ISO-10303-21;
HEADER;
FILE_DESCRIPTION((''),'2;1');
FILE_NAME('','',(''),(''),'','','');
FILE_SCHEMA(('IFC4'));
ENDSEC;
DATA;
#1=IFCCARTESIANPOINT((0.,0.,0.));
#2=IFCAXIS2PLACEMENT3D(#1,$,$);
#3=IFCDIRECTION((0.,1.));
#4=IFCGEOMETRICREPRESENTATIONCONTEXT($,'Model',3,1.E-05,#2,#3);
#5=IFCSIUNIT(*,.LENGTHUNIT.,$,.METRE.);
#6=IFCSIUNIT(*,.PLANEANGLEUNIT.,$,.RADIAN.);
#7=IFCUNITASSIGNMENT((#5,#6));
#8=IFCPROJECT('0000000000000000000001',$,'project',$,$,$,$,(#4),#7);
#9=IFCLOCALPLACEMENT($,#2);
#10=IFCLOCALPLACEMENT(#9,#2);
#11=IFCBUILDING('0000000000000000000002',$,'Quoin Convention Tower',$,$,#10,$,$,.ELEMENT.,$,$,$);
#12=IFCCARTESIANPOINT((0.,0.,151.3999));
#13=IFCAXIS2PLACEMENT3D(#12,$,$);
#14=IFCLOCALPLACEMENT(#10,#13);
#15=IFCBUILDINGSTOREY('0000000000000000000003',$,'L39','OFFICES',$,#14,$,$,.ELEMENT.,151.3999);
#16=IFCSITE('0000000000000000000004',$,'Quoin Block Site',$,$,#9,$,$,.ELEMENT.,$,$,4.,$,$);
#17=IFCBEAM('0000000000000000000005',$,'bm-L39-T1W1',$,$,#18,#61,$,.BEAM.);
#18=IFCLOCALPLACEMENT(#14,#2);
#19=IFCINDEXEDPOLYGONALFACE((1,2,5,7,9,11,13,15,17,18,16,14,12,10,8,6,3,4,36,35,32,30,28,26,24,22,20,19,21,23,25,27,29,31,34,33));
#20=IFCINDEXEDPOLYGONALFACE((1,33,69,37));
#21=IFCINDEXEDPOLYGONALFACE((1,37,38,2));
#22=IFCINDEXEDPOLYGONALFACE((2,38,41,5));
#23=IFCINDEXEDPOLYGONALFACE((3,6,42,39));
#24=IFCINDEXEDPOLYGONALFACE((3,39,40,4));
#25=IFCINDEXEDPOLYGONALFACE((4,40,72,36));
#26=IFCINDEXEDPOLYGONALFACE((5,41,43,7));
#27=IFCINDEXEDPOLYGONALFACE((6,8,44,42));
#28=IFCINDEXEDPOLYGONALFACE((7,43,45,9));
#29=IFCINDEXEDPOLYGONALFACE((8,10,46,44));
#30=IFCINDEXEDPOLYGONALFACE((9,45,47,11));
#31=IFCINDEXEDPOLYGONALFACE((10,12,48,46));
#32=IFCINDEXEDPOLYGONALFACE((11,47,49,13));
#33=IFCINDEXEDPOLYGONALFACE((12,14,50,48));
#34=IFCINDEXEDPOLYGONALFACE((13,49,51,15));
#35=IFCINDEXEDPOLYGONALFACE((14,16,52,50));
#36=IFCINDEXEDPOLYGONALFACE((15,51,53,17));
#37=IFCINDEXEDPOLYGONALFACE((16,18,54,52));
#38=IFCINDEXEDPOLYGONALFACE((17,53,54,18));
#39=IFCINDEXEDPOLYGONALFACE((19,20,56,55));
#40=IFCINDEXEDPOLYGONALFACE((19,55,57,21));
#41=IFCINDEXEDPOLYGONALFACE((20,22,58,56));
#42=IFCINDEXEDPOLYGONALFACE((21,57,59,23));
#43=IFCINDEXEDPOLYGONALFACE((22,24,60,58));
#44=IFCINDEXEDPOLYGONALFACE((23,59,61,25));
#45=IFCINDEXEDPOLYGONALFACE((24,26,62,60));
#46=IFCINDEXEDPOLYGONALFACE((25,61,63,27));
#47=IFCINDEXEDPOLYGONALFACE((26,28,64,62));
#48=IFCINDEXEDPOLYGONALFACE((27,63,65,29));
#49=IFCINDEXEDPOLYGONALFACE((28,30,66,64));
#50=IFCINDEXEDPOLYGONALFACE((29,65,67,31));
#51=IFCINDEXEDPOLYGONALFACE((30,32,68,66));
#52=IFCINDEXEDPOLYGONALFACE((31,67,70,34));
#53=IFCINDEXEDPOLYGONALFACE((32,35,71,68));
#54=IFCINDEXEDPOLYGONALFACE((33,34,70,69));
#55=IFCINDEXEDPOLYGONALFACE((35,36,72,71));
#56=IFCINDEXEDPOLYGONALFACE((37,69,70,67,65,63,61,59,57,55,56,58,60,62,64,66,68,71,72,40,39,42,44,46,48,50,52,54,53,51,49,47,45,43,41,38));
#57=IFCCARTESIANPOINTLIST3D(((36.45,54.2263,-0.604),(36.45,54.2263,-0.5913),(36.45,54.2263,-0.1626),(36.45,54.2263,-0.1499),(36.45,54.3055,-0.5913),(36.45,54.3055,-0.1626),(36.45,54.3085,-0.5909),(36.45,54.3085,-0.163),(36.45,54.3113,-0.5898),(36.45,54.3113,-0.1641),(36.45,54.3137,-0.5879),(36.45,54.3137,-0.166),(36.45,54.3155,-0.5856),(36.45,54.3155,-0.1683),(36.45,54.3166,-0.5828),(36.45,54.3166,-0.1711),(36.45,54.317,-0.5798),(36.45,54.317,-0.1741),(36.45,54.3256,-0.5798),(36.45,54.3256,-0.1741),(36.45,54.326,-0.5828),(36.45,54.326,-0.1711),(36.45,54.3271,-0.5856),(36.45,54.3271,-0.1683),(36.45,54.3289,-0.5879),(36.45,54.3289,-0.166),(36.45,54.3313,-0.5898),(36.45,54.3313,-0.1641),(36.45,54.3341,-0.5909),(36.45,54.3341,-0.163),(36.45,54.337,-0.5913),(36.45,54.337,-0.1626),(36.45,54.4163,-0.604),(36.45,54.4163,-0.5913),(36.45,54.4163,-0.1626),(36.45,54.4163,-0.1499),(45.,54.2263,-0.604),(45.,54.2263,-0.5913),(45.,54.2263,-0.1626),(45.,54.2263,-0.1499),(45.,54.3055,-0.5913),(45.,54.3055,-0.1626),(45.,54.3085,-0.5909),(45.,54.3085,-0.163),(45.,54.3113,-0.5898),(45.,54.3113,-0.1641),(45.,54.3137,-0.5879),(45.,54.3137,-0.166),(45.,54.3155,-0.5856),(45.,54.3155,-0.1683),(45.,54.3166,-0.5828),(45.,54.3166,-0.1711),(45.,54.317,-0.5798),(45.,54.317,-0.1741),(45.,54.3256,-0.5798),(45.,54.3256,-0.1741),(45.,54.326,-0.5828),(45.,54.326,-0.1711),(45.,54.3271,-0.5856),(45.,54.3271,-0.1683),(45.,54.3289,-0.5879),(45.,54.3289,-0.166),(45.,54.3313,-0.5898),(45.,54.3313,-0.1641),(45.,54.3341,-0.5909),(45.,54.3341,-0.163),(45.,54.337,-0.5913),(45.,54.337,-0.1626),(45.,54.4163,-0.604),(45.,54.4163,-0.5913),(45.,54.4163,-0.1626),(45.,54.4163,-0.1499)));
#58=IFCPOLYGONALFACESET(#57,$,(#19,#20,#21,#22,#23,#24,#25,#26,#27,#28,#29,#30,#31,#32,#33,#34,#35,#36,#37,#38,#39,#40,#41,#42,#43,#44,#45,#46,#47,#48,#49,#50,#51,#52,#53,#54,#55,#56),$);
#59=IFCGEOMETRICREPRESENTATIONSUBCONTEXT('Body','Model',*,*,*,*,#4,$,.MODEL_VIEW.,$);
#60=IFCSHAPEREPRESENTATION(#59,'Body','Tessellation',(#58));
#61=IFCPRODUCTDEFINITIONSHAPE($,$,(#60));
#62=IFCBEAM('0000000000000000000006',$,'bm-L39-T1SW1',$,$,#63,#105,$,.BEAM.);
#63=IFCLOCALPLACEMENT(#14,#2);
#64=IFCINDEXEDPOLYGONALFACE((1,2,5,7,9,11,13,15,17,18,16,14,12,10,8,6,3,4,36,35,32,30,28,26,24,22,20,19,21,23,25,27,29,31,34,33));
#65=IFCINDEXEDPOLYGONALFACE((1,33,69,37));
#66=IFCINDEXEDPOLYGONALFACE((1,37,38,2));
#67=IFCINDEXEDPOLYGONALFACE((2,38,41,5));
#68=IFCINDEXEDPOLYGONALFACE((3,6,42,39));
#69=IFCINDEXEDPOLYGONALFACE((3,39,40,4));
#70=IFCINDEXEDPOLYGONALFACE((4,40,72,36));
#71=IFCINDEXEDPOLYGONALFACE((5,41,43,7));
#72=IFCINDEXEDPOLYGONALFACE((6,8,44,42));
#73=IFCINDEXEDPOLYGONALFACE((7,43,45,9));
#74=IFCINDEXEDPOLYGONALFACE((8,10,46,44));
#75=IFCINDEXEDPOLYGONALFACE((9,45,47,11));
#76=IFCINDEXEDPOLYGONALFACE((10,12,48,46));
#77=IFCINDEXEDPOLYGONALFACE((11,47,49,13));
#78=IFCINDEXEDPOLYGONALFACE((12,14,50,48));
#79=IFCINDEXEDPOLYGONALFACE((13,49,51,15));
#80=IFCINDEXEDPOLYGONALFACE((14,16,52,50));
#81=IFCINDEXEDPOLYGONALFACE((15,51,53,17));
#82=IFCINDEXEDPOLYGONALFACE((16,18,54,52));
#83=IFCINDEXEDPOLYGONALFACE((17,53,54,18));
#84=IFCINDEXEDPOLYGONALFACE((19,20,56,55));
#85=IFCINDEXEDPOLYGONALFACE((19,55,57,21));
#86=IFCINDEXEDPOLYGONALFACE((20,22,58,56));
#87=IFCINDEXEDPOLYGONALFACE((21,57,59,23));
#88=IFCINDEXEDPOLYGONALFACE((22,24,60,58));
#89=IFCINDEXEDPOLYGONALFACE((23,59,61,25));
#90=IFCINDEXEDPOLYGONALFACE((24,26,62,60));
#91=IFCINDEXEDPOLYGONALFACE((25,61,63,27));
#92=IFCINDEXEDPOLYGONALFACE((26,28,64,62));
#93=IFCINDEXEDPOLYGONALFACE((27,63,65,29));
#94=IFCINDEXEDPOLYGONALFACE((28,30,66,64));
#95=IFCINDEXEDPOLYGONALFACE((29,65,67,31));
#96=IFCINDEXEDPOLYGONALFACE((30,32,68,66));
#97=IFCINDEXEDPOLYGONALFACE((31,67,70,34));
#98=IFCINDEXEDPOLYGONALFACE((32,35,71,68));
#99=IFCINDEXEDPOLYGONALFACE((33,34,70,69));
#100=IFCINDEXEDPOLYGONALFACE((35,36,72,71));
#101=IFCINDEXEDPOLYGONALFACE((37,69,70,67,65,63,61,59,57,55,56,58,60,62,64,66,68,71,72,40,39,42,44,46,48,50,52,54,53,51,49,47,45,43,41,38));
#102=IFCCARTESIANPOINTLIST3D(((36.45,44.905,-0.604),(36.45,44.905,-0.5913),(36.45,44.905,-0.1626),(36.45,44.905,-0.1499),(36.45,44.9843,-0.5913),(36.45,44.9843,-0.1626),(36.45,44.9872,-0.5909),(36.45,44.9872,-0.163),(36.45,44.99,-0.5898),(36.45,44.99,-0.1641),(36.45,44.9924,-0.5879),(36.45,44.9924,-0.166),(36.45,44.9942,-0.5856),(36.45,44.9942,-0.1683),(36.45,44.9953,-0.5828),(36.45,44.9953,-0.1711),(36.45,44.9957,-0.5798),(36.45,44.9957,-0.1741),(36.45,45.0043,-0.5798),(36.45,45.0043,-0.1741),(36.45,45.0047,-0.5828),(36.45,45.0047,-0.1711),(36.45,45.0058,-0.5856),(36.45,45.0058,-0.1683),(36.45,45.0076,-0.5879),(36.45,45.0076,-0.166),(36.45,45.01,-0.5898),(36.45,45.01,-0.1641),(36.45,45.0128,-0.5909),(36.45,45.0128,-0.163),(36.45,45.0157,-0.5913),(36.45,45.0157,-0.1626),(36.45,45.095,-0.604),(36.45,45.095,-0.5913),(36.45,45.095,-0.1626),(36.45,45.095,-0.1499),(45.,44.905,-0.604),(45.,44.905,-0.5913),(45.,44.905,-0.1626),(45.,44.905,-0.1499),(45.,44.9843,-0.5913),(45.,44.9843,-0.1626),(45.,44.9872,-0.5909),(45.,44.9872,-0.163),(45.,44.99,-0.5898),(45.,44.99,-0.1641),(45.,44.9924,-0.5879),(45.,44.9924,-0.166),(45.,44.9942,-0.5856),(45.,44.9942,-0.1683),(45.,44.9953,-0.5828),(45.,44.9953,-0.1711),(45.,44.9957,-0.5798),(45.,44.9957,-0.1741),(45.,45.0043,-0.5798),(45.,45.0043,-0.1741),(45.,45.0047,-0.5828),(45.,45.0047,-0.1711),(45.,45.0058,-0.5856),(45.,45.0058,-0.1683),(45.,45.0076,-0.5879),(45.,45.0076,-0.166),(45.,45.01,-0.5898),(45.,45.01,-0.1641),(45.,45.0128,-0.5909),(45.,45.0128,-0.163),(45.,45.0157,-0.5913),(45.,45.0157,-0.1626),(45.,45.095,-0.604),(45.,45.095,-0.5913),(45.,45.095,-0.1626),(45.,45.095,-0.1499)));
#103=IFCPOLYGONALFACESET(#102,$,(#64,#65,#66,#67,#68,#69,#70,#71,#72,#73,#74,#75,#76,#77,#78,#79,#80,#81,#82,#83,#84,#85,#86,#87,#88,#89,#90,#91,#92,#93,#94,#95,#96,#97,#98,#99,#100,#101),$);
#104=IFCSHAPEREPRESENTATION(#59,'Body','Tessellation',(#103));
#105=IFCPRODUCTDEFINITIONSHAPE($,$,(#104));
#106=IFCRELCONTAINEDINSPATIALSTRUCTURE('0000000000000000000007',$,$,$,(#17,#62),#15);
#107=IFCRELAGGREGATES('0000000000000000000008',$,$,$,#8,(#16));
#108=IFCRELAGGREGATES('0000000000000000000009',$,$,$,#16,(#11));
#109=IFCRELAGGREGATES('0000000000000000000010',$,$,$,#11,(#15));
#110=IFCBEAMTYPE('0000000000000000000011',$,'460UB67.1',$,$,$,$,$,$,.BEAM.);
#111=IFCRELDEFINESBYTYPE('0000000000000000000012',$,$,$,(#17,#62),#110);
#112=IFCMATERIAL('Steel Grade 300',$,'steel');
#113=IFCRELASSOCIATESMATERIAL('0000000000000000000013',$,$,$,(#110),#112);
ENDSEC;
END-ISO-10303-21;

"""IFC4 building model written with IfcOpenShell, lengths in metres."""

from ifc_helpers import new_model, si_unit, direction, frame, origin, origin_2d, place, context, subcontext, project, spatial, i_section, extrude, material, material_profile, profile_set, type_object, element, save


model = new_model("IFC4")

# Units and contexts
model_context = context("Model", 3, precision=1e-05, world=origin(), true_north=direction((0.0, 1.0)))
body_context = subcontext(model_context, "Body", "Model", "MODEL_VIEW")
ifc_project = project(units=[si_unit("LENGTHUNIT", "METRE"), si_unit("PLANEANGLEUNIT", "RADIAN")], contexts=[model_context])

# Site, building, storey
site_placement = place(None, origin())
site = spatial("IfcSite", under=ifc_project, at=site_placement, Name="Quoin Block Site", CompositionType="ELEMENT", RefElevation=4.0)
building_placement = place(site_placement, origin())
building = spatial("IfcBuilding", under=site, at=building_placement, Name="Quoin Convention Tower", CompositionType="ELEMENT")
storey_placement = place(building_placement, frame((0.0, 0.0, 151.3999)))
storey = spatial("IfcBuildingStorey", under=building, at=storey_placement, Name="L39", Description="OFFICES", CompositionType="ELEMENT", Elevation=151.3999)

# Beams
ifc_material_1 = material(Name="Steel Grade 300", Category="steel")
ifc_material_profile = material_profile(ifc_material_1, i_section(OverallWidth=0.1899, OverallDepth=0.4541, WebThickness=0.0085, FlangeThickness=0.0127, FilletRadius=0.0115, at=origin_2d()), Name="460UB67.1")
ifc_profile_set = profile_set([ifc_material_profile], Name="Steel Grade 300")
beam_type = type_object("IfcBeamType", Name="460UB67.1", PredefinedType="BEAM", material=ifc_profile_set)
for number, where, z_axis, x_axis, name in (
    (1, (36.45, 54.3213, -0.377), (1.0, 0.0, 0.0), (0.0, 1.0, 0.0), "bm-L39-T1W1"),
    (2, (36.45, 45.0, -0.377), (1.0, 0.0, 0.0), (0.0, 1.0, 0.0), "bm-L39-T1SW1"),
):
    element("IfcBeam", number, at=place(storey_placement, frame(where, z_axis=z_axis, x_axis=x_axis)), inside=storey, type_object=beam_type, Name=name, PredefinedType="BEAM", context=body_context, shape_type="SweptSolid", body=[
        extrude(i_section(OverallWidth=0.1899, OverallDepth=0.4541, WebThickness=0.0085, FlangeThickness=0.0127, FilletRadius=0.0115, at=origin_2d()), origin(), (0.0, 0.0, 1.0), 8.55),
    ])

save(model, "model.ifc")
